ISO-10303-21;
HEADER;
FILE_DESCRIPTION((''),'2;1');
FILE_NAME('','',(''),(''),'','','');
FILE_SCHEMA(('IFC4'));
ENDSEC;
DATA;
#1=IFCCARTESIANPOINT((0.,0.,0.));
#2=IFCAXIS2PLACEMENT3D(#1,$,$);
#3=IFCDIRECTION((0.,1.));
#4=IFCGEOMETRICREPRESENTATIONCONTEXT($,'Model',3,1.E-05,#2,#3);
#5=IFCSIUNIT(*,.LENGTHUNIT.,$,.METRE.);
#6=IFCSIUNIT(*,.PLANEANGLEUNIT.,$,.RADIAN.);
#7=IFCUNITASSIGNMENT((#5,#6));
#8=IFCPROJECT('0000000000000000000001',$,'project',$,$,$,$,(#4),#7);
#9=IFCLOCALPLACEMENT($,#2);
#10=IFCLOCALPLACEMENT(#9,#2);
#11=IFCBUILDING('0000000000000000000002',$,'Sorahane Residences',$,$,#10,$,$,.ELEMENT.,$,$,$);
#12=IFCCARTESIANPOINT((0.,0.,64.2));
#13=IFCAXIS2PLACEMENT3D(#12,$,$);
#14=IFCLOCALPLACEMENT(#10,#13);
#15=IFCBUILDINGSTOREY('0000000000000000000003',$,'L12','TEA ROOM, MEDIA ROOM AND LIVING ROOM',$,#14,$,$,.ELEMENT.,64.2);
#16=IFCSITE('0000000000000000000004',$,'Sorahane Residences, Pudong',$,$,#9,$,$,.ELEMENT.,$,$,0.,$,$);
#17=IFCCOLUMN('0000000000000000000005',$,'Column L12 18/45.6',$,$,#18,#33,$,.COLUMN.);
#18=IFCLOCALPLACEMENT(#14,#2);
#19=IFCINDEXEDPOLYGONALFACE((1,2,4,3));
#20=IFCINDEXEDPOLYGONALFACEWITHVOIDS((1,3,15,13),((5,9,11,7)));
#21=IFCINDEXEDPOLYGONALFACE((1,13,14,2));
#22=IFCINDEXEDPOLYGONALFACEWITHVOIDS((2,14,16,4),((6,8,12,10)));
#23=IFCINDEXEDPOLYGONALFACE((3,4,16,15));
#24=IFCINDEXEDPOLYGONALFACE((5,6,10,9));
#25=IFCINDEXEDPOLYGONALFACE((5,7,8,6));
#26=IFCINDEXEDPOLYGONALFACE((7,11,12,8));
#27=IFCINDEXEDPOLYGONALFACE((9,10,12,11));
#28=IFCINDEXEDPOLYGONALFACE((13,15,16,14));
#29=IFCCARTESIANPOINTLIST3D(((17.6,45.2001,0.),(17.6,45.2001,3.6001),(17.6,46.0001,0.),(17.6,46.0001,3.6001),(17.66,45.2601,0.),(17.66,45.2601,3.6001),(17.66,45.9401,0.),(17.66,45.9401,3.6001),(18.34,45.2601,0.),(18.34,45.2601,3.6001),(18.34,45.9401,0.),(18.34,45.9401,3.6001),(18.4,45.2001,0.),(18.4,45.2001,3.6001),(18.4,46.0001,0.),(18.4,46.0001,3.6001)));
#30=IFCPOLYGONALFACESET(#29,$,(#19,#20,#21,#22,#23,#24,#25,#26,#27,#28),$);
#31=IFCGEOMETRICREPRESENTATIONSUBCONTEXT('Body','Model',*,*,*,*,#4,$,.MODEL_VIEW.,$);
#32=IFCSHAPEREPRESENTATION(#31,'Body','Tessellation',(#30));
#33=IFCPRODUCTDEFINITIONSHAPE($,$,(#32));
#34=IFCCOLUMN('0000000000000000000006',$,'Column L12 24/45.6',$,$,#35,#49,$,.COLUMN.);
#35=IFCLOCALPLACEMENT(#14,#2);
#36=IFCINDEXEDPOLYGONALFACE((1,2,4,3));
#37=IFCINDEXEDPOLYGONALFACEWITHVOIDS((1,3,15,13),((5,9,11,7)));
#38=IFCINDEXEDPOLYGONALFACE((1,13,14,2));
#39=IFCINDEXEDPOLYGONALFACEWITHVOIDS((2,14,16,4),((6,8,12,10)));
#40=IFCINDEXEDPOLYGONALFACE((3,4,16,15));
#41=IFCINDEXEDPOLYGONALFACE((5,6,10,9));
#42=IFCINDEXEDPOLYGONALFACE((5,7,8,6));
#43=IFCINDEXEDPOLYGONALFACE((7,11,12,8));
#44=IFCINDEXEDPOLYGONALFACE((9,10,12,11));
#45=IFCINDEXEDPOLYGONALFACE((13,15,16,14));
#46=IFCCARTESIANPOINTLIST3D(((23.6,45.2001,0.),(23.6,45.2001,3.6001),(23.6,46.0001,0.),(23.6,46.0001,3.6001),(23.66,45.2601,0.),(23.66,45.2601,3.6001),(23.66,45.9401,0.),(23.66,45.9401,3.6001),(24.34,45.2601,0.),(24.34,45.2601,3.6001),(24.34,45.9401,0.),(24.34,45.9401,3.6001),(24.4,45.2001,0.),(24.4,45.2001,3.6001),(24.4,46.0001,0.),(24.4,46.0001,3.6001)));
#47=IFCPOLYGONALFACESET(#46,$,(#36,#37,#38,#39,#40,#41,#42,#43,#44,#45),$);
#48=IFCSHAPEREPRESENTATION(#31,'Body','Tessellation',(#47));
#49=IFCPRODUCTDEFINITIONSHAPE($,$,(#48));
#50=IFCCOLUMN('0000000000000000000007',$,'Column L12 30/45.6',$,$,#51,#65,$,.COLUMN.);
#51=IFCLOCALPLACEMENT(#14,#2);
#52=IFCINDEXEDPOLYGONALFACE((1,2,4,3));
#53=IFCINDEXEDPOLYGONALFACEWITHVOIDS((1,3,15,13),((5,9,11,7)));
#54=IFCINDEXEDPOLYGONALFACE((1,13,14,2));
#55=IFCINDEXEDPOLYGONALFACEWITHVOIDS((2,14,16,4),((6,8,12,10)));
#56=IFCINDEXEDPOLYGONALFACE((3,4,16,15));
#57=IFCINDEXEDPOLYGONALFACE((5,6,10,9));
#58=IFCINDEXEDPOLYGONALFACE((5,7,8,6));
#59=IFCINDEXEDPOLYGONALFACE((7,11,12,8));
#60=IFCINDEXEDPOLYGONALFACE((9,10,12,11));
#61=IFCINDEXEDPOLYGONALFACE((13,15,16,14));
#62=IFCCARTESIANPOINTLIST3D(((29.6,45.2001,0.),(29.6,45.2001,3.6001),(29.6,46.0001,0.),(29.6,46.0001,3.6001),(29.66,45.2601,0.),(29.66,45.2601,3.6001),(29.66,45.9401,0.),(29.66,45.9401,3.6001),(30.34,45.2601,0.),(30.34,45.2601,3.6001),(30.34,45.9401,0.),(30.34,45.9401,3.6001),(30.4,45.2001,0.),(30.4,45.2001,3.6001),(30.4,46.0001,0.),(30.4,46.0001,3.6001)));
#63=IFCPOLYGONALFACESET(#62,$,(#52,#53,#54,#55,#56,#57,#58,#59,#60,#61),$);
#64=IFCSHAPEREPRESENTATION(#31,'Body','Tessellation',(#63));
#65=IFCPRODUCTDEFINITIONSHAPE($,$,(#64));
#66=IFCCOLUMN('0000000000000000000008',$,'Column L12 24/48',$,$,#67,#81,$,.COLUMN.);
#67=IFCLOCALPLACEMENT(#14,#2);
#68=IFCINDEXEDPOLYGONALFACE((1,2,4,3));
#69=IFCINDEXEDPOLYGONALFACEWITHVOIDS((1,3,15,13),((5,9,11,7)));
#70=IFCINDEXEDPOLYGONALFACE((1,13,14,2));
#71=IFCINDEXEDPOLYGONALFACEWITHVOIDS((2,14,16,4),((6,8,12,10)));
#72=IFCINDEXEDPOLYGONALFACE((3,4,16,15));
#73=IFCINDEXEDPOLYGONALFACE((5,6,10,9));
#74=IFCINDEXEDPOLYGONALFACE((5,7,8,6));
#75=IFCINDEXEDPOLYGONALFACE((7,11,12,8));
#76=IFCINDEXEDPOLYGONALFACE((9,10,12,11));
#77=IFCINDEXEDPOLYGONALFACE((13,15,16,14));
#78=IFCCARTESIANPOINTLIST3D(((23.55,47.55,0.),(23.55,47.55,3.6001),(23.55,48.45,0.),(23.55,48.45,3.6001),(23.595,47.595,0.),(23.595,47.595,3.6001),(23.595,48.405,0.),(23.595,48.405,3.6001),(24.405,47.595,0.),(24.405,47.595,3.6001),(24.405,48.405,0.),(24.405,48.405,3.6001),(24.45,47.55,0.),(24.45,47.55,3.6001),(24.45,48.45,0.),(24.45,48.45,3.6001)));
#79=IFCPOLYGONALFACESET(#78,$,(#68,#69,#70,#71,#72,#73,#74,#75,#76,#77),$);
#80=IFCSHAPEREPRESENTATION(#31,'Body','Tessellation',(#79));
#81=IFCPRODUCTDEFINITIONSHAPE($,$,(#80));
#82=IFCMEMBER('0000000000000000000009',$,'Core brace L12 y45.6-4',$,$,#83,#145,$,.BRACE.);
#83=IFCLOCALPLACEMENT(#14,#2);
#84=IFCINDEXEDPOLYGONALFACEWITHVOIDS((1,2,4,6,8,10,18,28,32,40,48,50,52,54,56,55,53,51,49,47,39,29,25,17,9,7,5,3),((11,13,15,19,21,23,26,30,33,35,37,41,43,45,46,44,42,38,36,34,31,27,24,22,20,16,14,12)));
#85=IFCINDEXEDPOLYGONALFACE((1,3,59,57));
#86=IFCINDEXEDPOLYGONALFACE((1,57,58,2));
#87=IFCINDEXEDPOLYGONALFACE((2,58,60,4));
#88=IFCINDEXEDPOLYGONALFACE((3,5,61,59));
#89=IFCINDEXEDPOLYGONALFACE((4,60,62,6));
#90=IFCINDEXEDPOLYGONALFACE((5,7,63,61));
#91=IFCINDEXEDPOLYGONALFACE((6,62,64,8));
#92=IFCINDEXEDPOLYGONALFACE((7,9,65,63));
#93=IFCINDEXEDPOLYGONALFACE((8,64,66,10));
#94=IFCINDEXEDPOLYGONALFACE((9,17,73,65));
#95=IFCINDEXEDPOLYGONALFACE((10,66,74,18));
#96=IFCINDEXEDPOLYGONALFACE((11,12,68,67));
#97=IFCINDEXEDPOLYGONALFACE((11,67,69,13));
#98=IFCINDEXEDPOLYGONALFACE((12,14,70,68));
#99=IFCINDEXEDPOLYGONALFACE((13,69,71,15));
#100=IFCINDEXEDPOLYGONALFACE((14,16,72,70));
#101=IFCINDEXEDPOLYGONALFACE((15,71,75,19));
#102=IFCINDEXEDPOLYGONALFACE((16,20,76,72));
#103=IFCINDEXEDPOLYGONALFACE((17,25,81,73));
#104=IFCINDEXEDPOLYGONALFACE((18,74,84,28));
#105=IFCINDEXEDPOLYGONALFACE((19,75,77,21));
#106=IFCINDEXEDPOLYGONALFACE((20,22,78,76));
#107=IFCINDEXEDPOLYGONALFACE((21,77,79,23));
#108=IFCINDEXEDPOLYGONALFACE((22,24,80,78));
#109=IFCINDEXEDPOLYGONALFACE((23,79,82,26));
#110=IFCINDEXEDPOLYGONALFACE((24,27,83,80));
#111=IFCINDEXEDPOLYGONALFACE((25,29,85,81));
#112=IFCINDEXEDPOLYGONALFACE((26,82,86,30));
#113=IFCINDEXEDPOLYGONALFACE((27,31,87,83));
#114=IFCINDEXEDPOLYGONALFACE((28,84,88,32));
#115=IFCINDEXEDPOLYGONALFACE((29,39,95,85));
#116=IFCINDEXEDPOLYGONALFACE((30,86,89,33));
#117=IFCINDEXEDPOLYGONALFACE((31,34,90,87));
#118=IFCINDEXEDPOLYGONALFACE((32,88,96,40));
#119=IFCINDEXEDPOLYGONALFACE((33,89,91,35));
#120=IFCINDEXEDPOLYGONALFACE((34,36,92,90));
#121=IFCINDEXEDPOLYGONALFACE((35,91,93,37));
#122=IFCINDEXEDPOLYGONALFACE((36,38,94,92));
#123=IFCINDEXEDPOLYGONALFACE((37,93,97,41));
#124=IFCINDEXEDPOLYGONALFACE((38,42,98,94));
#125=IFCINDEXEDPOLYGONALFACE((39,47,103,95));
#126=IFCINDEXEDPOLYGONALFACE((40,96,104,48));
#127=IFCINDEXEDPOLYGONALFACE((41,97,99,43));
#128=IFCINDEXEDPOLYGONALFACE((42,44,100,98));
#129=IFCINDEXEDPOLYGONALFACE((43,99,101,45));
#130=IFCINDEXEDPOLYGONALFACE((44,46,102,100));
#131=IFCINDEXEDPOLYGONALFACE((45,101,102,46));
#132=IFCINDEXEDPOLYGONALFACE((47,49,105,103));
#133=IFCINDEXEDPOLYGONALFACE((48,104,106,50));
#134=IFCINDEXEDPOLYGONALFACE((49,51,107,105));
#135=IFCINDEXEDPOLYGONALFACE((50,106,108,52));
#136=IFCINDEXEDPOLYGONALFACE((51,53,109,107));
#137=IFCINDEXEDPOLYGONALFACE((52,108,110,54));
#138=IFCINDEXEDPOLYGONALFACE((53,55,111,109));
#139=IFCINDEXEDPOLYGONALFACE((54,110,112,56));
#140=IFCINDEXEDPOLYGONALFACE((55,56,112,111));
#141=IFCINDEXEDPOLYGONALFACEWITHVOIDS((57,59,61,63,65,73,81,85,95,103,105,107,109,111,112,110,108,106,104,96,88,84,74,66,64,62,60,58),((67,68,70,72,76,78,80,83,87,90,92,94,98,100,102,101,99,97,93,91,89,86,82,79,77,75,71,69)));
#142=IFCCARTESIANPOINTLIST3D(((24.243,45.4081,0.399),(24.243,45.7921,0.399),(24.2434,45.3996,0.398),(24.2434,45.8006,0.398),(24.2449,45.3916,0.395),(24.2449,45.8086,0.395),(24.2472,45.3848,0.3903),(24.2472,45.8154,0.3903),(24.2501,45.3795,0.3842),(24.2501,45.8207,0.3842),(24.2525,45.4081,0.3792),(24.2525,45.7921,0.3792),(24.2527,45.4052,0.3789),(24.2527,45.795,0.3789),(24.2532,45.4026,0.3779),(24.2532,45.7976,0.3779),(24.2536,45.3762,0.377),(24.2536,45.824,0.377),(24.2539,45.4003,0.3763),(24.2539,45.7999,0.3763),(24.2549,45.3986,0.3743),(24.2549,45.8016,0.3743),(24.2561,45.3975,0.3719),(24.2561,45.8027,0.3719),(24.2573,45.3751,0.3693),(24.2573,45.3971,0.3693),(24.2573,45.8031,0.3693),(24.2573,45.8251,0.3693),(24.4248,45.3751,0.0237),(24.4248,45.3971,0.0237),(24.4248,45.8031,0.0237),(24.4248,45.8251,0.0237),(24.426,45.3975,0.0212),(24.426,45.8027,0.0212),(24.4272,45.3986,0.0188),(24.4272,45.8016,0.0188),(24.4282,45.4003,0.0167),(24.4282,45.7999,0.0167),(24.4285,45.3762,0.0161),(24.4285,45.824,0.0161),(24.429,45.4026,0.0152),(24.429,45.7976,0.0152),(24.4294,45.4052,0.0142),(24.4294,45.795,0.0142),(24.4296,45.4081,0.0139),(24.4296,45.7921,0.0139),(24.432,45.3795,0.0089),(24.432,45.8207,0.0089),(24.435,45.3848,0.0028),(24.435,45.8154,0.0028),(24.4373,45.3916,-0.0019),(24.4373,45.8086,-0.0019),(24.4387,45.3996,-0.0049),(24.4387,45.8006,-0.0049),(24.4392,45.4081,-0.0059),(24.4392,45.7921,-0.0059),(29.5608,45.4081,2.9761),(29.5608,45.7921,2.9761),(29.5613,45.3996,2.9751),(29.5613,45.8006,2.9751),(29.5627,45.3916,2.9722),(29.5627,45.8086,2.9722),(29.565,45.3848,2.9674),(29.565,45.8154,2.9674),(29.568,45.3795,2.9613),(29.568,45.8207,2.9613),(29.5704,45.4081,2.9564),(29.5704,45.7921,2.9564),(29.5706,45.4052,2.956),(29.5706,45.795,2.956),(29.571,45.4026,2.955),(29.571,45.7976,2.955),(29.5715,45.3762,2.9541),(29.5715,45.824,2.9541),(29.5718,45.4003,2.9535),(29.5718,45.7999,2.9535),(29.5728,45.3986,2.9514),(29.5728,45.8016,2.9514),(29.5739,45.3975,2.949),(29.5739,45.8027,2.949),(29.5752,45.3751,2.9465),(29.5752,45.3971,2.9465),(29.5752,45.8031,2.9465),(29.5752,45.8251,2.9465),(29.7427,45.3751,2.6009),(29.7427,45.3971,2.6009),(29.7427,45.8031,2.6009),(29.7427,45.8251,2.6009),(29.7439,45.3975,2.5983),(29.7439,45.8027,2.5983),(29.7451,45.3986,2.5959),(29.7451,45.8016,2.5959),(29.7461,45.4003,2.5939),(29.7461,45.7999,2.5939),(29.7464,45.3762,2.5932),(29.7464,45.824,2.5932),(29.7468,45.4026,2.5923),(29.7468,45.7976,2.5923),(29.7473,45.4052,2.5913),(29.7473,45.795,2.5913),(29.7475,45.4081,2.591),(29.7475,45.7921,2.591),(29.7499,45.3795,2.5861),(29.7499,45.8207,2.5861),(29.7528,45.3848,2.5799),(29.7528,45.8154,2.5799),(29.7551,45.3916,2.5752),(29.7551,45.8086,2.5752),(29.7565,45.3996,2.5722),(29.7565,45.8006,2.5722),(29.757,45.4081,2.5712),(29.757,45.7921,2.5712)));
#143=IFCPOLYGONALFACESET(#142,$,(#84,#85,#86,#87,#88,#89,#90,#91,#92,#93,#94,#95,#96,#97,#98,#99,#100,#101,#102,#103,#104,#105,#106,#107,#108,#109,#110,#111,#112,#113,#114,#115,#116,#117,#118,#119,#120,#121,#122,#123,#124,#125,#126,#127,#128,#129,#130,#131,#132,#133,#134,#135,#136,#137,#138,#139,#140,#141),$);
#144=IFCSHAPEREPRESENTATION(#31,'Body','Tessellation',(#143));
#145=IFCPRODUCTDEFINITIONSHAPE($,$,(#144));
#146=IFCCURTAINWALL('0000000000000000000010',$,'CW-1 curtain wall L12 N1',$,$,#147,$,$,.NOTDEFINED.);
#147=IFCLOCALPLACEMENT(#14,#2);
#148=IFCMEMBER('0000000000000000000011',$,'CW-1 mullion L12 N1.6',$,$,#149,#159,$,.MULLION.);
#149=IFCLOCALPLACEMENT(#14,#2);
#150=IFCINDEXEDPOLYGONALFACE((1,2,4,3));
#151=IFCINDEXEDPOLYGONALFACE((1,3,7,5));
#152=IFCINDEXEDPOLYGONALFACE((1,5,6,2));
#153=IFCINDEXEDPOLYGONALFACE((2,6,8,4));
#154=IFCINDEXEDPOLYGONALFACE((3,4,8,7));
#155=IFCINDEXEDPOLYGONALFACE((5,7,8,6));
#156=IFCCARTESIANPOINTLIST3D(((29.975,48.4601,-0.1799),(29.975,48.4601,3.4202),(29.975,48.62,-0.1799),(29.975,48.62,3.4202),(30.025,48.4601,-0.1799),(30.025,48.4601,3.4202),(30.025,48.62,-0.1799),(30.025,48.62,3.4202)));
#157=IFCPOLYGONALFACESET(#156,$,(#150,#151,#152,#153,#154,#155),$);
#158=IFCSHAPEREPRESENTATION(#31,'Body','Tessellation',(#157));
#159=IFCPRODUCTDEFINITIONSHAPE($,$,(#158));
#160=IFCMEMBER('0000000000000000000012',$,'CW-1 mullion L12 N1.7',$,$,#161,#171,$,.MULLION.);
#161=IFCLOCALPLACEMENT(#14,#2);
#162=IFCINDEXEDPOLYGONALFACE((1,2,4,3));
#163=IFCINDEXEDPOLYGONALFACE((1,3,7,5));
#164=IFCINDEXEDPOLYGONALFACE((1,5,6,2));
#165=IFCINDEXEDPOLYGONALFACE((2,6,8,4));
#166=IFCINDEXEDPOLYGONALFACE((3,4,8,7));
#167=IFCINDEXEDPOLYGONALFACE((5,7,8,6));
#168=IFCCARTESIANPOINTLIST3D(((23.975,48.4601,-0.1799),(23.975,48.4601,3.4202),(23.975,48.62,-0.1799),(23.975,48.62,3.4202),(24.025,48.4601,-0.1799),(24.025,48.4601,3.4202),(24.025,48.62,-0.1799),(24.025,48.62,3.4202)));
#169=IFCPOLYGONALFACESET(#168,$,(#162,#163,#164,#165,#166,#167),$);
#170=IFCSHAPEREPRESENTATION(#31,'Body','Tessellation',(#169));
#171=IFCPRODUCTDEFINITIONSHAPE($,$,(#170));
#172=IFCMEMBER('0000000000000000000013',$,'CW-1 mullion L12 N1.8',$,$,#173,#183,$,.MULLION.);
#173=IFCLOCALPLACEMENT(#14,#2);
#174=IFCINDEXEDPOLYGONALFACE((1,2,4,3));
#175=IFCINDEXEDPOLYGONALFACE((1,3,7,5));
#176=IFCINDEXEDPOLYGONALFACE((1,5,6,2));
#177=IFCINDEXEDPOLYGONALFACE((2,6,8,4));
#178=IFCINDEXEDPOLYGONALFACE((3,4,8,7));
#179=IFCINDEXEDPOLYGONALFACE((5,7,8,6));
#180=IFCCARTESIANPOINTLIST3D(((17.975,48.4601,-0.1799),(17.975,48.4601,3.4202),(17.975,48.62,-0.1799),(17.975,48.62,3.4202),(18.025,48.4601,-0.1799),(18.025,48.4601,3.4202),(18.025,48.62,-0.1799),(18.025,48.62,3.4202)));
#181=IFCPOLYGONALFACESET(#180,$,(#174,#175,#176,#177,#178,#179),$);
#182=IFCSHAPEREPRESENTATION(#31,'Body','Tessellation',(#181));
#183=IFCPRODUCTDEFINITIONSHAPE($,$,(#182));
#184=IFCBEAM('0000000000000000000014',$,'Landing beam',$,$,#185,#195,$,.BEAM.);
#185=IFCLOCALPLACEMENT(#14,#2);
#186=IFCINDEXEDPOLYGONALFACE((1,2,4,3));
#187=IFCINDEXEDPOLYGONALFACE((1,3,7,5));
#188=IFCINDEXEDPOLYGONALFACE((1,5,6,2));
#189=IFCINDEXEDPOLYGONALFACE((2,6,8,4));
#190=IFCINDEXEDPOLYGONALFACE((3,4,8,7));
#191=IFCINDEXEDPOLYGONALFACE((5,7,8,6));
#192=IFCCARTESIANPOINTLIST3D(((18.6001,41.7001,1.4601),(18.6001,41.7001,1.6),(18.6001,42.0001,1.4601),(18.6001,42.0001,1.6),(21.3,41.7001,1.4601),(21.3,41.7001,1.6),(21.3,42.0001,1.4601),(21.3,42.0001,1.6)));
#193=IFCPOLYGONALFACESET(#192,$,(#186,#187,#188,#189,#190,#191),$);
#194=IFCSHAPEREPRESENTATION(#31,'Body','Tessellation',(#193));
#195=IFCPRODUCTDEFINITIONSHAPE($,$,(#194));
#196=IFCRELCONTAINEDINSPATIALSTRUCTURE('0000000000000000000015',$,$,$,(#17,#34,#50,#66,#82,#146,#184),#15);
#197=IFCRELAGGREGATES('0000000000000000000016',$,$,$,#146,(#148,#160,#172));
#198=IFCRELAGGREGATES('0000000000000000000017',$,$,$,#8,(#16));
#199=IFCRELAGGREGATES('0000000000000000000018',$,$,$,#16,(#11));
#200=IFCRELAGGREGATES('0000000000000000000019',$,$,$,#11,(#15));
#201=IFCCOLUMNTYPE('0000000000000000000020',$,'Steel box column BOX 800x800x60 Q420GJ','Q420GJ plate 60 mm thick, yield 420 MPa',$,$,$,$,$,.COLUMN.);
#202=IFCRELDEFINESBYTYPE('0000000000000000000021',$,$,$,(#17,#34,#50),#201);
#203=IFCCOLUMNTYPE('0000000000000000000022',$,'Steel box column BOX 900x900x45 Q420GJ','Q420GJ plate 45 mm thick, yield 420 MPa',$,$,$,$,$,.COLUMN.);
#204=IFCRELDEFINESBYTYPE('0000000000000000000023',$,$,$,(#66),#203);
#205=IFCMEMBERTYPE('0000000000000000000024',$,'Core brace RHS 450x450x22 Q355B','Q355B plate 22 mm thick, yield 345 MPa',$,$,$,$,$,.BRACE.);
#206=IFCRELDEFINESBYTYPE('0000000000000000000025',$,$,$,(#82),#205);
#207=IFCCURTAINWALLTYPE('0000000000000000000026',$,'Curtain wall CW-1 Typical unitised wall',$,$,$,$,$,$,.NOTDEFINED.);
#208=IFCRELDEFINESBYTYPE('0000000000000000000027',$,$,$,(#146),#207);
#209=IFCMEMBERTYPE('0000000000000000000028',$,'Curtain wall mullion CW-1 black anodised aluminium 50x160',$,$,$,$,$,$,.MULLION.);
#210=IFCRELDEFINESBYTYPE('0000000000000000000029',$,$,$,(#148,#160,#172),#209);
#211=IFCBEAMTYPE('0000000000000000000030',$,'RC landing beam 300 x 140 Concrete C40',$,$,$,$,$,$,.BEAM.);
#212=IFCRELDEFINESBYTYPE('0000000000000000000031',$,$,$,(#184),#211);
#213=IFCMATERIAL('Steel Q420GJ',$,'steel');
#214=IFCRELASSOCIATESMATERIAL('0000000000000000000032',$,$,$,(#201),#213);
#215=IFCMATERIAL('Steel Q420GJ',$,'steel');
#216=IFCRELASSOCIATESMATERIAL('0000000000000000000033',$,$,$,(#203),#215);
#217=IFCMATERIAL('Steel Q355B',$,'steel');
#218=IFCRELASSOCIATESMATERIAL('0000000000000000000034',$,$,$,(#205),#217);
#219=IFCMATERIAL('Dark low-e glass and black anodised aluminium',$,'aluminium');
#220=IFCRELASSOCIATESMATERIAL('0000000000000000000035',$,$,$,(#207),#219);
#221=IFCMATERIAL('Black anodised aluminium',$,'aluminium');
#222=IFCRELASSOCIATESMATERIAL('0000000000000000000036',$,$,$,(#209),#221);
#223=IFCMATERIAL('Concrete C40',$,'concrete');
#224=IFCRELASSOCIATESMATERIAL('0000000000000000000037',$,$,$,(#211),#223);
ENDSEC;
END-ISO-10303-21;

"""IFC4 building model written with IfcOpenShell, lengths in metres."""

from ifc_helpers import new_model, si_unit, direction, frame, origin, origin_2d, place, context, subcontext, project, spatial, rectangle, hollow_rectangle, extrude, material, material_profile, profile_set, type_object, element, aggregate, save


model = new_model("IFC4")

# Units and contexts
model_context = context("Model", 3, precision=1e-05, world=origin(), true_north=direction((0.0, 1.0)))
body_context = subcontext(model_context, "Body", "Model", "MODEL_VIEW")
ifc_project = project(units=[si_unit("LENGTHUNIT", "METRE"), si_unit("PLANEANGLEUNIT", "RADIAN")], contexts=[model_context])

# Site, building, storey
site_placement = place(None, origin())
site = spatial("IfcSite", under=ifc_project, at=site_placement, Name="Sorahane Residences, Pudong", CompositionType="ELEMENT", RefElevation=0.0)
building_placement = place(site_placement, origin())
building = spatial("IfcBuilding", under=site, at=building_placement, Name="Sorahane Residences", CompositionType="ELEMENT")
storey_placement = place(building_placement, frame((0.0, 0.0, 64.2)))
storey = spatial("IfcBuildingStorey", under=building, at=storey_placement, Name="L12", Description="TEA ROOM, MEDIA ROOM AND LIVING ROOM", CompositionType="ELEMENT", Elevation=64.2)

# Columns
ifc_material_1 = material(Name="Steel Q420GJ", Category="steel")
ifc_material_profile_1 = material_profile(ifc_material_1, hollow_rectangle(XDim=0.8, YDim=0.8, WallThickness=0.0601, at=origin_2d()), Name="BOX 800x800x60")
ifc_profile_set_1 = profile_set([ifc_material_profile_1], Name="Steel Q420GJ")
column_type_1 = type_object("IfcColumnType", Name="Steel box column BOX 800x800x60 Q420GJ", Description="Q420GJ plate 60 mm thick, yield 420 MPa", PredefinedType="COLUMN", material=ifc_profile_set_1)
for number, where, z_axis, x_axis, name in (
    (1, (18.0, 45.6001, 0.0), (0.0, 0.0, 1.0), (1.0, 0.0, 0.0), "Column L12 18/45.6"),
    (2, (24.0, 45.6001, 0.0), (0.0, 0.0, 1.0), (1.0, 0.0, 0.0), "Column L12 24/45.6"),
    (3, (30.0, 45.6001, 0.0), (0.0, 0.0, 1.0), (1.0, 0.0, 0.0), "Column L12 30/45.6"),
):
    element("IfcColumn", number, at=place(storey_placement, frame(where, z_axis=z_axis, x_axis=x_axis)), inside=storey, type_object=column_type_1, Name=name, PredefinedType="COLUMN", context=body_context, shape_type="SweptSolid", body=[
        extrude(hollow_rectangle(XDim=0.8, YDim=0.8, WallThickness=0.0601, at=origin_2d()), origin(), (0.0, 0.0, 1.0), 3.6001),
    ])
ifc_material_2 = material(Name="Steel Q420GJ", Category="steel")
ifc_material_profile_2 = material_profile(ifc_material_2, hollow_rectangle(XDim=0.8999, YDim=0.8999, WallThickness=0.0449, at=origin_2d()), Name="BOX 900x900x45")
ifc_profile_set_2 = profile_set([ifc_material_profile_2], Name="Steel Q420GJ")
column_type_2 = type_object("IfcColumnType", Name="Steel box column BOX 900x900x45 Q420GJ", Description="Q420GJ plate 45 mm thick, yield 420 MPa", PredefinedType="COLUMN", material=ifc_profile_set_2)
column_placement = place(storey_placement, frame((24.0, 48.0, 0.0), z_axis=(0.0, 0.0, 1.0), x_axis=(1.0, 0.0, 0.0)))
element("IfcColumn", 4, at=column_placement, inside=storey, type_object=column_type_2, Name="Column L12 24/48", PredefinedType="COLUMN", context=body_context, shape_type="SweptSolid", body=[
    extrude(hollow_rectangle(XDim=0.8999, YDim=0.8999, WallThickness=0.0449, at=origin_2d()), origin(), (0.0, 0.0, 1.0), 3.6001),
])

# Member
ifc_material_3 = material(Name="Steel Q355B", Category="steel")
ifc_material_profile_3 = material_profile(ifc_material_3, hollow_rectangle(XDim=0.45, YDim=0.45, WallThickness=0.022, InnerFilletRadius=0.011, OuterFilletRadius=0.033, at=origin_2d()), Name="RHS 450x450x22")
ifc_profile_set_3 = profile_set([ifc_material_profile_3], Name="Steel Q355B")
member_type_1 = type_object("IfcMemberType", Name="Core brace RHS 450x450x22 Q355B", Description="Q355B plate 22 mm thick, yield 345 MPa", PredefinedType="BRACE", material=ifc_profile_set_3)
member_1_placement = place(storey_placement, frame((24.3411, 45.6001, 0.1965), z_axis=(0.899895, 0.0, 0.436107), x_axis=(0.0, 1.0, 0.0)))
element("IfcMember", 5, at=member_1_placement, inside=storey, type_object=member_type_1, Name="Core brace L12 y45.6-4", PredefinedType="BRACE", context=body_context, shape_type="SweptSolid", body=[
    extrude(hollow_rectangle(XDim=0.45, YDim=0.45, WallThickness=0.022, InnerFilletRadius=0.011, OuterFilletRadius=0.033, at=origin_2d()), origin(), (0.0, 0.0, 1.0), 5.9094),
])

# Curtain wall, members
ifc_material_4 = material(Name="Dark low-e glass and black anodised aluminium", Category="aluminium")
curtain_wall_type = type_object("IfcCurtainWallType", Name="Curtain wall CW-1 Typical unitised wall", PredefinedType="NOTDEFINED", material=ifc_material_4)
curtain_wall_placement = place(storey_placement, origin())
curtain_wall = element("IfcCurtainWall", 6, at=curtain_wall_placement, inside=storey, type_object=curtain_wall_type, Name="CW-1 curtain wall L12 N1", PredefinedType="NOTDEFINED")
ifc_material_5 = material(Name="Black anodised aluminium", Category="aluminium")
ifc_material_profile_4 = material_profile(ifc_material_5, rectangle(XDim=0.1599, YDim=0.05, at=origin_2d()), Name="Curtain wall mullion CW-1 black anodised aluminium 50x160")
ifc_profile_set_4 = profile_set([ifc_material_profile_4], Name="Black anodised aluminium")
member_type_2 = type_object("IfcMemberType", Name="Curtain wall mullion CW-1 black anodised aluminium 50x160", PredefinedType="MULLION", material=ifc_profile_set_4)
member_2_placement = place(storey_placement, frame((30.0, 48.54, -0.1799), z_axis=(0.0, 0.0, 1.0), x_axis=(0.0, 1.0, 0.0)))
member_2 = element("IfcMember", 7, at=member_2_placement, type_object=member_type_2, Name="CW-1 mullion L12 N1.6", PredefinedType="MULLION", context=body_context, shape_type="SweptSolid", body=[
    extrude(rectangle(XDim=0.1599, YDim=0.05, at=origin_2d()), origin(), (0.0, 0.0, 1.0), 3.6001),
])
member_3_placement = place(storey_placement, frame((24.0, 48.54, -0.1799), z_axis=(0.0, 0.0, 1.0), x_axis=(0.0, 1.0, 0.0)))
member_3 = element("IfcMember", 8, at=member_3_placement, type_object=member_type_2, Name="CW-1 mullion L12 N1.7", PredefinedType="MULLION", context=body_context, shape_type="SweptSolid", body=[
    extrude(rectangle(XDim=0.1599, YDim=0.05, at=origin_2d()), origin(), (0.0, 0.0, 1.0), 3.6001),
])
member_4_placement = place(storey_placement, frame((18.0, 48.54, -0.1799), z_axis=(0.0, 0.0, 1.0), x_axis=(0.0, 1.0, 0.0)))
member_4 = element("IfcMember", 9, at=member_4_placement, type_object=member_type_2, Name="CW-1 mullion L12 N1.8", PredefinedType="MULLION", context=body_context, shape_type="SweptSolid", body=[
    extrude(rectangle(XDim=0.1599, YDim=0.05, at=origin_2d()), origin(), (0.0, 0.0, 1.0), 3.6001),
])

# Beam
ifc_material_6 = material(Name="Concrete C40", Category="concrete")
ifc_material_profile_5 = material_profile(ifc_material_6, rectangle(XDim=0.3, YDim=0.1399, at=origin_2d()), Name="300x140")
ifc_profile_set_5 = profile_set([ifc_material_profile_5], Name="Concrete C40")
beam_type_1 = type_object("IfcBeamType", Name="RC landing beam 300 x 140 Concrete C40", PredefinedType="BEAM", material=ifc_profile_set_5)
for number, where, z_axis, x_axis, name in (
    (10, (18.6001, 41.8501, 1.53), (1.0, 0.0, 0.0), (0.0, 1.0, 0.0), "Landing beam"),
):
    element("IfcBeam", number, at=place(storey_placement, frame(where, z_axis=z_axis, x_axis=x_axis)), inside=storey, type_object=beam_type_1, Name=name, PredefinedType="BEAM", context=body_context, shape_type="SweptSolid", body=[
        extrude(rectangle(XDim=0.3, YDim=0.1399, at=origin_2d()), origin(), (0.0, 0.0, 1.0), 2.7),
    ])

aggregate(curtain_wall, [member_2, member_3, member_4])

save(model, "model.ifc")
